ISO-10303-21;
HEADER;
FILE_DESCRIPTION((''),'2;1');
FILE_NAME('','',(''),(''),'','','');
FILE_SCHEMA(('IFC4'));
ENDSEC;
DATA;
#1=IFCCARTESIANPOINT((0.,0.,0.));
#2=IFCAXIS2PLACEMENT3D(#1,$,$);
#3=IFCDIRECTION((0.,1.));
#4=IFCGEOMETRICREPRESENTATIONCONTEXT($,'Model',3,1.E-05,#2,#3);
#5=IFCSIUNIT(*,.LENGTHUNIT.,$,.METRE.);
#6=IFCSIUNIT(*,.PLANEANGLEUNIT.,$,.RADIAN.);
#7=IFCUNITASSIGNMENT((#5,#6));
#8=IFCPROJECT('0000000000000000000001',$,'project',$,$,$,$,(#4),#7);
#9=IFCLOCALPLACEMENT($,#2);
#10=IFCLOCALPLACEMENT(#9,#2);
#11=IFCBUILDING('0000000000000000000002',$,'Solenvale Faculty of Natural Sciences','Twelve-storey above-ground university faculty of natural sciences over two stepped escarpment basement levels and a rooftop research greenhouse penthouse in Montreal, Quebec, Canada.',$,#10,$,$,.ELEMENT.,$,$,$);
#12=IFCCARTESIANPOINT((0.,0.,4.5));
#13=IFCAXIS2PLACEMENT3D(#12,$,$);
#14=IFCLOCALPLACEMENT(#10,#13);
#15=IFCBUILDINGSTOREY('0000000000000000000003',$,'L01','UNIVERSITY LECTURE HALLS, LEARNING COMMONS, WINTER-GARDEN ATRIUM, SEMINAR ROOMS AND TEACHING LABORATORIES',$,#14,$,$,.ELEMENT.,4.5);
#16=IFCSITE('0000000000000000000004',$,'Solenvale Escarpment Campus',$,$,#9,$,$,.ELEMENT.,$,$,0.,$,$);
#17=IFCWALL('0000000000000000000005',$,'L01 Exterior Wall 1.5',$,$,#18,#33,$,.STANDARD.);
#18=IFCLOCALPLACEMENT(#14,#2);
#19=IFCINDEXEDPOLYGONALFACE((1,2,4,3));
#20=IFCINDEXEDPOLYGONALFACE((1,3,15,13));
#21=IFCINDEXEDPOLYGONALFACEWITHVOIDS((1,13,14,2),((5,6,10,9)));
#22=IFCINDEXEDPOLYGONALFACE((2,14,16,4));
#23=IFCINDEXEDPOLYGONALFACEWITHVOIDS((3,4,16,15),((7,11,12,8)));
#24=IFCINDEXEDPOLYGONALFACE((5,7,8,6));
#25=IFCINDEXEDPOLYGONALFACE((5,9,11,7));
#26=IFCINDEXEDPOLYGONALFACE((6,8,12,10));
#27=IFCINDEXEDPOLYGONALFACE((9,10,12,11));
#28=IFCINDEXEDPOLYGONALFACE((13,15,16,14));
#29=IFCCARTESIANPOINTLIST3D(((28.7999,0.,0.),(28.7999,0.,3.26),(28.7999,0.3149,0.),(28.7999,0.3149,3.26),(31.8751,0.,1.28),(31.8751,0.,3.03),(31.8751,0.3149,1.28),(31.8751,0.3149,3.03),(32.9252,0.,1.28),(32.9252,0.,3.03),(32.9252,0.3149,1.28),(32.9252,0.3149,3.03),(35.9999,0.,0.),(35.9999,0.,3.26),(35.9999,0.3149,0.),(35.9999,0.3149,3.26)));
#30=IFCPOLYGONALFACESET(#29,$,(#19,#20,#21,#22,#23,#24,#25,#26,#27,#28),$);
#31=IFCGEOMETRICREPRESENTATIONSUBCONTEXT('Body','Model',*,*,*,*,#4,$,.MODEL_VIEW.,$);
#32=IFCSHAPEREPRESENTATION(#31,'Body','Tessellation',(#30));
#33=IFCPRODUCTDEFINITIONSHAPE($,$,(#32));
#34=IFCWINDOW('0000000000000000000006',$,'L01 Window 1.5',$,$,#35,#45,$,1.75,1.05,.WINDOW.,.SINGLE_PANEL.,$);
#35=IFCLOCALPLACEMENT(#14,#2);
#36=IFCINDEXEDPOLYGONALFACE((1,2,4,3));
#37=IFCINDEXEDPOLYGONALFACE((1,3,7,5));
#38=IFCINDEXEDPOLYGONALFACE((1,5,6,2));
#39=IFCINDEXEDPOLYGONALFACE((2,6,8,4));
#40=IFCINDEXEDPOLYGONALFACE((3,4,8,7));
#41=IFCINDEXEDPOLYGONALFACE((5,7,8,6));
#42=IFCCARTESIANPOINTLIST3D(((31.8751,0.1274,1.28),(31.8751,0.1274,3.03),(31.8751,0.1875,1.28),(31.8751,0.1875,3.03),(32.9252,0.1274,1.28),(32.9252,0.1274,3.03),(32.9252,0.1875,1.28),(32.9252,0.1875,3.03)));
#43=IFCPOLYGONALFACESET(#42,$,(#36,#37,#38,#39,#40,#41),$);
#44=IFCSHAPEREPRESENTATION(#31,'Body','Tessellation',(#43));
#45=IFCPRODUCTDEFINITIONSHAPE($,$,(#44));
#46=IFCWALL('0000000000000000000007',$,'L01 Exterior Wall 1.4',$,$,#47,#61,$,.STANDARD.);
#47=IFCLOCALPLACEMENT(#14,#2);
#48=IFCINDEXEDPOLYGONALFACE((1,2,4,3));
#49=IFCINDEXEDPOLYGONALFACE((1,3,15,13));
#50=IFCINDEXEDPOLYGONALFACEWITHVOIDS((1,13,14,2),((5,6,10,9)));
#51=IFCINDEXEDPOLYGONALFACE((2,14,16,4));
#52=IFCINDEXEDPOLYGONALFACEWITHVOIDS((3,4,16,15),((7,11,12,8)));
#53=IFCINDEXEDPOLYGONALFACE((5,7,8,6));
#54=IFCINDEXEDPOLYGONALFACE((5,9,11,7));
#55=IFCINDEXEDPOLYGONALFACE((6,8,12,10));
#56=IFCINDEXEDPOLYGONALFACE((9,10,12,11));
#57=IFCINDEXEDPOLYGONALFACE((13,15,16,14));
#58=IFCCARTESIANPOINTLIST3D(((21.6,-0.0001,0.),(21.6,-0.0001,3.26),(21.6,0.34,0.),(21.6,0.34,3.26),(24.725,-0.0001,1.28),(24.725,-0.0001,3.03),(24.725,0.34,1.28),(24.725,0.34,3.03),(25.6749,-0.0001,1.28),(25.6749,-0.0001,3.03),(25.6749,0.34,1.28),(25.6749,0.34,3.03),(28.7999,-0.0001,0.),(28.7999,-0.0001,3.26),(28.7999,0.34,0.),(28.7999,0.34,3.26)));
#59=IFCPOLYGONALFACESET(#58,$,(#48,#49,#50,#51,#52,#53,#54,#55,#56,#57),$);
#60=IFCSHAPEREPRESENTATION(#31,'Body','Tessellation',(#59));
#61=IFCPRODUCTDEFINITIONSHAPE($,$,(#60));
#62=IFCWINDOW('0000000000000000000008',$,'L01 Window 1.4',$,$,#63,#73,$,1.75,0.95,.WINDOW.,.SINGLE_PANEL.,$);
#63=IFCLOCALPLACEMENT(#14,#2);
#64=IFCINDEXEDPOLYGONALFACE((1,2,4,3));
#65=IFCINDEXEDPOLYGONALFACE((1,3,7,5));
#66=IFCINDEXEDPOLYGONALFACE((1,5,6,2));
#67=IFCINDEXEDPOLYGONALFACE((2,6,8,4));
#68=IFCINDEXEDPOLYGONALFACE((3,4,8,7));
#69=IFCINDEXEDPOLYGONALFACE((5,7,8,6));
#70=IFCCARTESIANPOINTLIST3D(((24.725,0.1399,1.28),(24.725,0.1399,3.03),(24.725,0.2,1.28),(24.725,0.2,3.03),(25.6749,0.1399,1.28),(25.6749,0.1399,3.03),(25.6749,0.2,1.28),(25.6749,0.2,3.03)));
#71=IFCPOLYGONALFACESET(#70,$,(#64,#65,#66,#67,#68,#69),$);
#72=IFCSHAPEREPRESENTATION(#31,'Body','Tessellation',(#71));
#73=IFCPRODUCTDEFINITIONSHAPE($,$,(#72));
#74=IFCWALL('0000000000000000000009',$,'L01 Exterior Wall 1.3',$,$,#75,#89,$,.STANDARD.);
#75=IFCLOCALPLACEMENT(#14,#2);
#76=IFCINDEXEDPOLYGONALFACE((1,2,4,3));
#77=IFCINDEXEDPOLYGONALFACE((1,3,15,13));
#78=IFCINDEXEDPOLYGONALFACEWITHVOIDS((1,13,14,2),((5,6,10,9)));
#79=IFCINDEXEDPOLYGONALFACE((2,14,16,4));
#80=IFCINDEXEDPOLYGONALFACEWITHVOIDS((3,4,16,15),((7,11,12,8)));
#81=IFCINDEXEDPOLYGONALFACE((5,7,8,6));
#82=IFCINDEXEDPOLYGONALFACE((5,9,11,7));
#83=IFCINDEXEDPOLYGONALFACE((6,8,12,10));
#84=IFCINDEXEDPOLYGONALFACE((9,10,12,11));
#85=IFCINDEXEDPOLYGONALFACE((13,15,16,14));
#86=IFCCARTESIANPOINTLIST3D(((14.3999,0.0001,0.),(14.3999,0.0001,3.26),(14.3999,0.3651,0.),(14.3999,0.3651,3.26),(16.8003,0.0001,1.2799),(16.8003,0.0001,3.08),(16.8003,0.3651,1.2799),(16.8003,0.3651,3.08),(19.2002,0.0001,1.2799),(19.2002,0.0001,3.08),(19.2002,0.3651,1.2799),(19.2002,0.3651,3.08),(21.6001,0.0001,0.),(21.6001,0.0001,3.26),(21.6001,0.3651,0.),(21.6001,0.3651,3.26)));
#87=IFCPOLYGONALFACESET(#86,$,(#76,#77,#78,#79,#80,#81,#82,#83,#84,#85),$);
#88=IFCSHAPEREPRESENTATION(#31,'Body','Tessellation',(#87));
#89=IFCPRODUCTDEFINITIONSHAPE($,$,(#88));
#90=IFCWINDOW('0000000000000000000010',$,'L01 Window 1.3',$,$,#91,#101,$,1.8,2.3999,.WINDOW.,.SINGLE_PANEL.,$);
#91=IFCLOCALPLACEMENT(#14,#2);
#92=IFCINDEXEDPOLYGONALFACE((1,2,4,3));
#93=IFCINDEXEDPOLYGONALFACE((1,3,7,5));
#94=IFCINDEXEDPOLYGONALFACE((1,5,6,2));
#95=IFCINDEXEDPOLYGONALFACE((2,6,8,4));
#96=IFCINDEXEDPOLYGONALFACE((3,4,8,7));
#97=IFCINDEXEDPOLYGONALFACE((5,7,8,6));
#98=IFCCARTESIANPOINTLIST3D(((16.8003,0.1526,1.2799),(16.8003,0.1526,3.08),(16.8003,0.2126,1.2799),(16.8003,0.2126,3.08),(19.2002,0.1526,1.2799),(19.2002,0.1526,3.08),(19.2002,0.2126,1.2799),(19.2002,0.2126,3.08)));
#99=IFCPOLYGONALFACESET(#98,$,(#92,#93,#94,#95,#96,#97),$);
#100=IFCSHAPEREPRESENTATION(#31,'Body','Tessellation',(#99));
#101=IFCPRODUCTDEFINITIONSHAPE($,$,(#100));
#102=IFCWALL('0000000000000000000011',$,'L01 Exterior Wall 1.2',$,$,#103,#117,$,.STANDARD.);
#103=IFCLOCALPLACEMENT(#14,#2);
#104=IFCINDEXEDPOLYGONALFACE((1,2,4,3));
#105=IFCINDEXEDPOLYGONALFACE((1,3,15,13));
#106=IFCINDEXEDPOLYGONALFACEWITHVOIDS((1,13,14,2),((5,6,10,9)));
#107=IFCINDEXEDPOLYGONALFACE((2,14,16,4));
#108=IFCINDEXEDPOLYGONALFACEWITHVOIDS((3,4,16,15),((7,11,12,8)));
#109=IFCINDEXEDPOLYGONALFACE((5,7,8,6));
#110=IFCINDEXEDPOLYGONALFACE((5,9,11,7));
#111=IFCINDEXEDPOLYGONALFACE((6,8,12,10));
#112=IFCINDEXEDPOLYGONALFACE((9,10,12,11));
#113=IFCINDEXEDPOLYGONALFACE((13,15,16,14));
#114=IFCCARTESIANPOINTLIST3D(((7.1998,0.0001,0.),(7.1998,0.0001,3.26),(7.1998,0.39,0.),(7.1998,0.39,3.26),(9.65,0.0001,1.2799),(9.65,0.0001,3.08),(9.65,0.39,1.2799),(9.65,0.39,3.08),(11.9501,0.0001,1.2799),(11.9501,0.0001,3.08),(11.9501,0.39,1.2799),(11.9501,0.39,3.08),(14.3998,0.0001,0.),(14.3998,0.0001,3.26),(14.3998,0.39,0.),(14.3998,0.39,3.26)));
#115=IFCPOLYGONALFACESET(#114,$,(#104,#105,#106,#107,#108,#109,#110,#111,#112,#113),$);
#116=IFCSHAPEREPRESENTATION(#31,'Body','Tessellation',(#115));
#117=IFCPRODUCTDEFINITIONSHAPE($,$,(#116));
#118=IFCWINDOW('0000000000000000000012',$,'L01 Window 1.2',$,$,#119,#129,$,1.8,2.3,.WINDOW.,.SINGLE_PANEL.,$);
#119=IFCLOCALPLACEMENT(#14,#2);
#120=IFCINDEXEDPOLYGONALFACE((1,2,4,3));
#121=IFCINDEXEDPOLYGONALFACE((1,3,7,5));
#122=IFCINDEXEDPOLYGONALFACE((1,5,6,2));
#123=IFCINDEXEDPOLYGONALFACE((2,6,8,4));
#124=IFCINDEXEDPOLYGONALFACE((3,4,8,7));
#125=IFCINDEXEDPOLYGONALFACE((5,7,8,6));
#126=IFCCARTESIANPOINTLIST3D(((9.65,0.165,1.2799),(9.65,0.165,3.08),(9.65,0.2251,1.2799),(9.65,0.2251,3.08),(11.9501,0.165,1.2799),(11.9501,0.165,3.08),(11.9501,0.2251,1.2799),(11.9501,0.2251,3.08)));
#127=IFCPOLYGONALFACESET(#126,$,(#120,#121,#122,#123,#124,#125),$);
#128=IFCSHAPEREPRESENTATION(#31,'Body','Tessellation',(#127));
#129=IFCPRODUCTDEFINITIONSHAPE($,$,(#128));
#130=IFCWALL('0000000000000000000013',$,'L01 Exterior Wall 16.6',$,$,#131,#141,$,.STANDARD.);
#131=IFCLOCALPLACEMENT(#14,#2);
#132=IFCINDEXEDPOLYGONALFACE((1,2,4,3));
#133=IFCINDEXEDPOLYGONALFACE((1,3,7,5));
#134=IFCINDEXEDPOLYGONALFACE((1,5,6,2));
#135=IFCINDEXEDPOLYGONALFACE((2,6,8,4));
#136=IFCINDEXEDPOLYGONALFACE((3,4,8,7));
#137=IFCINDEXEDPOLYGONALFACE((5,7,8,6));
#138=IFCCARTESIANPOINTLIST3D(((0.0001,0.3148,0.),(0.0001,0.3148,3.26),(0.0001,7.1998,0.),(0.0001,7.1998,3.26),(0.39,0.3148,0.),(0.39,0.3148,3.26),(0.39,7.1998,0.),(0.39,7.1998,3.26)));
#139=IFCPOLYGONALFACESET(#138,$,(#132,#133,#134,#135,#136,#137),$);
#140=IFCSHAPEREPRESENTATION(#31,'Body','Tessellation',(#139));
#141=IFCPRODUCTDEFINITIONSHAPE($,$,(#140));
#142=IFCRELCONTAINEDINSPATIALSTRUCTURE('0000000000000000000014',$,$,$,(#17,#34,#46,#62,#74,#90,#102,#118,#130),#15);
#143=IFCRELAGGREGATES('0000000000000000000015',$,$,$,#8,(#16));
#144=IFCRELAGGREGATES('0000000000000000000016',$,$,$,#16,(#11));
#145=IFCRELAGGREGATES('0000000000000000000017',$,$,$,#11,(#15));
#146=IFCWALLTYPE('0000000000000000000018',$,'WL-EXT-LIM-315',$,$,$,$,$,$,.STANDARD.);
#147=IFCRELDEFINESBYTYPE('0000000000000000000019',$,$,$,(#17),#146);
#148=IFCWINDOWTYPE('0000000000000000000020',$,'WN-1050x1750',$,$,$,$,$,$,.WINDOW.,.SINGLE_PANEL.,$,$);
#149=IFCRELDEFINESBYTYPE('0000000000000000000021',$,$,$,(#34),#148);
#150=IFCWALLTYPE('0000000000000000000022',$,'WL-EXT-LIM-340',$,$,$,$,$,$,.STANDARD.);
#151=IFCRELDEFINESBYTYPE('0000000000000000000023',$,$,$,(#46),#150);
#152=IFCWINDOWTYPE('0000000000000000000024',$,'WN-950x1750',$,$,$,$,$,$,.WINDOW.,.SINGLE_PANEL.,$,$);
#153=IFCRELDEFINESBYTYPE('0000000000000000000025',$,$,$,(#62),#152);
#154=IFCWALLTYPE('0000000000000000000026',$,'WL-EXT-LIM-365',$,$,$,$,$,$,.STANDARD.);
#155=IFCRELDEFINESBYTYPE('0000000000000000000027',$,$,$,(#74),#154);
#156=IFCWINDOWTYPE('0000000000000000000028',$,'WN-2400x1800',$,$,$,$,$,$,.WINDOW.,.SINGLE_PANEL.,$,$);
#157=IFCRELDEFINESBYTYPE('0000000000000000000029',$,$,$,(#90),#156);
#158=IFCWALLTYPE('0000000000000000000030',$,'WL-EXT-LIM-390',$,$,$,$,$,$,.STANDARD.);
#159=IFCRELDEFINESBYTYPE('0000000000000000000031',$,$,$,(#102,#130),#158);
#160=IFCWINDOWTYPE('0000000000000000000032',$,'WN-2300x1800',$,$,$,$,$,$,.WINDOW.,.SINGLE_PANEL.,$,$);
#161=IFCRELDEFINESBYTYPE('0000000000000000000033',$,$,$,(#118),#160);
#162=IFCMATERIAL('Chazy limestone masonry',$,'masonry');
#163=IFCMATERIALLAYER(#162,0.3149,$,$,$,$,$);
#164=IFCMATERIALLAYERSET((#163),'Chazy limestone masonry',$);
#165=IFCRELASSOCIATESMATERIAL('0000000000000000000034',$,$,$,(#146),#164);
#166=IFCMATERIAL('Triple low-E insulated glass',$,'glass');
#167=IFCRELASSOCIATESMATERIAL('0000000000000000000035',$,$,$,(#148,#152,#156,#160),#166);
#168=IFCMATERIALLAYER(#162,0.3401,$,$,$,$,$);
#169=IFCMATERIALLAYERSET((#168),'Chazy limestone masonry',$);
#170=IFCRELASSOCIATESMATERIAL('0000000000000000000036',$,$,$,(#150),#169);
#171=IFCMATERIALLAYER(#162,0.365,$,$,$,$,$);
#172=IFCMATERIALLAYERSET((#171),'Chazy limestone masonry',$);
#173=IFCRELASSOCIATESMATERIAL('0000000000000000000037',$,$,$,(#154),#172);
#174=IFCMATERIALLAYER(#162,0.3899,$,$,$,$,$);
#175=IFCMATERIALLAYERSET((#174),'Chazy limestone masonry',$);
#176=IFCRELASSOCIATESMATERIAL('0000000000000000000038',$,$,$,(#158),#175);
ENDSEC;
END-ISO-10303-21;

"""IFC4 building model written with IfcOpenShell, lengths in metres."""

from ifc_helpers import new_model, si_unit, direction, frame, frame_2d, origin, place, context, subcontext, project, spatial, rectangle, extrude, material, layer, layer_set, type_object, element, fill, save


model = new_model("IFC4")

# Units and contexts
model_context = context("Model", 3, precision=1e-05, world=origin(), true_north=direction((0.0, 1.0)))
body_context = subcontext(model_context, "Body", "Model", "MODEL_VIEW")
ifc_project = project(units=[si_unit("LENGTHUNIT", "METRE"), si_unit("PLANEANGLEUNIT", "RADIAN")], contexts=[model_context])

# Site, building, storey
site_placement = place(None, origin())
site = spatial("IfcSite", under=ifc_project, at=site_placement, Name="Solenvale Escarpment Campus", CompositionType="ELEMENT", RefElevation=0.0)
building_placement = place(site_placement, origin())
building = spatial("IfcBuilding", under=site, at=building_placement, Name="Solenvale Faculty of Natural Sciences", Description="Twelve-storey above-ground university faculty of natural sciences over two stepped escarpment basement levels and a rooftop research greenhouse penthouse in Montreal, Quebec, Canada.", CompositionType="ELEMENT")
storey_placement = place(building_placement, frame((0.0, 0.0, 4.5)))
storey = spatial("IfcBuildingStorey", under=building, at=storey_placement, Name="L01", Description="UNIVERSITY LECTURE HALLS, LEARNING COMMONS, WINTER-GARDEN ATRIUM, SEMINAR ROOMS AND TEACHING LABORATORIES", CompositionType="ELEMENT", Elevation=4.5)

# Walls, openings, windows
ifc_material_1 = material(Name="Chazy limestone masonry", Category="masonry")
ifc_layer_1 = layer(ifc_material_1, 0.3149)
ifc_layer_set_1 = layer_set([ifc_layer_1], Name="Chazy limestone masonry")
wall_type_1 = type_object("IfcWallType", Name="WL-EXT-LIM-315", PredefinedType="STANDARD", material=ifc_layer_set_1)
ifc_material_2 = material(Name="Triple low-E insulated glass", Category="glass")
wall_1_placement = place(storey_placement, frame((36.0, 0.1575, 0.0), z_axis=(0.0, 0.0, 1.0), x_axis=(-1.0, 0.0, 0.0)))
wall_1 = element("IfcWall", 1, at=wall_1_placement, inside=storey, type_object=wall_type_1, Name="L01 Exterior Wall 1.5", PredefinedType="STANDARD", context=body_context, shape_type="SweptSolid", body=[
    extrude(rectangle(XDim=7.2, YDim=0.3149, at=frame_2d((3.6001, 0.0))), origin(), (0.0, 0.0, 1.0), 3.26),
])
opening_1_placement = place(wall_1_placement, frame((3.075, 0.0, 1.28)))
opening_1 = element("IfcOpeningElement", 2, at=opening_1_placement, cuts=wall_1, PredefinedType="OPENING", context=body_context, shape_type="SweptSolid", body=[
    extrude(rectangle(XDim=1.05, YDim=1.75, at=frame_2d((0.5249, 0.875))), frame((0.0, 0.1675, 0.0), z_axis=(0.0, -1.0, 0.0), x_axis=(1.0, 0.0, 0.0)), (0.0, 0.0, 1.0), 0.335),
])
window_type_1 = type_object("IfcWindowType", Name="WN-1050x1750", PartitioningType="SINGLE_PANEL", PredefinedType="WINDOW", material=ifc_material_2)
window_1_placement = place(opening_1_placement, origin())
window_1 = element("IfcWindow", 3, at=window_1_placement, inside=storey, type_object=window_type_1, Name="L01 Window 1.5", OverallHeight=1.75, OverallWidth=1.05, PartitioningType="SINGLE_PANEL", PredefinedType="WINDOW", context=body_context, shape_type="SweptSolid", body=[
    extrude(rectangle(XDim=1.05, YDim=1.75, at=frame_2d((0.5249, 0.875))), frame((0.0, 0.03, 0.0), z_axis=(0.0, -1.0, 0.0), x_axis=(1.0, 0.0, 0.0)), (0.0, 0.0, 1.0), 0.0601),
])
fill(opening_1, window_1)
ifc_layer_2 = layer(ifc_material_1, 0.3401)
ifc_layer_set_2 = layer_set([ifc_layer_2], Name="Chazy limestone masonry")
wall_type_2 = type_object("IfcWallType", Name="WL-EXT-LIM-340", PredefinedType="STANDARD", material=ifc_layer_set_2)
wall_2_placement = place(storey_placement, frame((28.8, 0.1699, 0.0), z_axis=(0.0, 0.0, 1.0), x_axis=(-1.0, 0.0, 0.0)))
wall_2 = element("IfcWall", 4, at=wall_2_placement, inside=storey, type_object=wall_type_2, Name="L01 Exterior Wall 1.4", PredefinedType="STANDARD", context=body_context, shape_type="SweptSolid", body=[
    extrude(rectangle(XDim=7.2, YDim=0.3401, at=frame_2d((3.6001, 0.0))), origin(), (0.0, 0.0, 1.0), 3.26),
])
opening_2_placement = place(wall_2_placement, frame((3.125, 0.0, 1.28)))
opening_2 = element("IfcOpeningElement", 5, at=opening_2_placement, cuts=wall_2, PredefinedType="OPENING", context=body_context, shape_type="SweptSolid", body=[
    extrude(rectangle(XDim=0.95, YDim=1.75, at=frame_2d((0.4751, 0.875))), frame((0.0, 0.1799, 0.0), z_axis=(0.0, -1.0, 0.0), x_axis=(1.0, 0.0, 0.0)), (0.0, 0.0, 1.0), 0.3601),
])
window_type_2 = type_object("IfcWindowType", Name="WN-950x1750", PartitioningType="SINGLE_PANEL", PredefinedType="WINDOW", material=ifc_material_2)
window_2_placement = place(opening_2_placement, origin())
window_2 = element("IfcWindow", 6, at=window_2_placement, inside=storey, type_object=window_type_2, Name="L01 Window 1.4", OverallHeight=1.75, OverallWidth=0.95, PartitioningType="SINGLE_PANEL", PredefinedType="WINDOW", context=body_context, shape_type="SweptSolid", body=[
    extrude(rectangle(XDim=0.95, YDim=1.75, at=frame_2d((0.4751, 0.875))), frame((0.0, 0.03, 0.0), z_axis=(0.0, -1.0, 0.0), x_axis=(1.0, 0.0, 0.0)), (0.0, 0.0, 1.0), 0.0601),
])
fill(opening_2, window_2)
ifc_layer_3 = layer(ifc_material_1, 0.365)
ifc_layer_set_3 = layer_set([ifc_layer_3], Name="Chazy limestone masonry")
wall_type_3 = type_object("IfcWallType", Name="WL-EXT-LIM-365", PredefinedType="STANDARD", material=ifc_layer_set_3)
wall_3_placement = place(storey_placement, frame((21.6001, 0.1826, 0.0), z_axis=(0.0, 0.0, 1.0), x_axis=(-1.0, 0.0, 0.0)))
wall_3 = element("IfcWall", 7, at=wall_3_placement, inside=storey, type_object=wall_type_3, Name="L01 Exterior Wall 1.3", PredefinedType="STANDARD", context=body_context, shape_type="SweptSolid", body=[
    extrude(rectangle(XDim=7.2002, YDim=0.365, at=frame_2d((3.6001, 0.0))), origin(), (0.0, 0.0, 1.0), 3.26),
])
opening_3_placement = place(wall_3_placement, frame((2.3999, 0.0, 1.28)))
opening_3 = element("IfcOpeningElement", 8, at=opening_3_placement, cuts=wall_3, PredefinedType="OPENING", context=body_context, shape_type="SweptSolid", body=[
    extrude(rectangle(XDim=2.3999, YDim=1.8, at=frame_2d((1.2, 0.8999))), frame((0.0, 0.1924, 0.0), z_axis=(0.0, -1.0, 0.0), x_axis=(1.0, 0.0, 0.0)), (0.0, 0.0, 1.0), 0.385),
])
window_type_3 = type_object("IfcWindowType", Name="WN-2400x1800", PartitioningType="SINGLE_PANEL", PredefinedType="WINDOW", material=ifc_material_2)
window_3_placement = place(opening_3_placement, origin())
window_3 = element("IfcWindow", 9, at=window_3_placement, inside=storey, type_object=window_type_3, Name="L01 Window 1.3", OverallHeight=1.8, OverallWidth=2.3999, PartitioningType="SINGLE_PANEL", PredefinedType="WINDOW", context=body_context, shape_type="SweptSolid", body=[
    extrude(rectangle(XDim=2.3999, YDim=1.8, at=frame_2d((1.2, 0.8999))), frame((0.0, 0.03, 0.0), z_axis=(0.0, -1.0, 0.0), x_axis=(1.0, 0.0, 0.0)), (0.0, 0.0, 1.0), 0.0601),
])
fill(opening_3, window_3)
ifc_layer_4 = layer(ifc_material_1, 0.3899)
ifc_layer_set_4 = layer_set([ifc_layer_4], Name="Chazy limestone masonry")
wall_type_4 = type_object("IfcWallType", Name="WL-EXT-LIM-390", PredefinedType="STANDARD", material=ifc_layer_set_4)
wall_4_placement = place(storey_placement, frame((14.3999, 0.1951, 0.0), z_axis=(0.0, 0.0, 1.0), x_axis=(-1.0, 0.0, 0.0)))
wall_4 = element("IfcWall", 10, at=wall_4_placement, inside=storey, type_object=wall_type_4, Name="L01 Exterior Wall 1.2", PredefinedType="STANDARD", context=body_context, shape_type="SweptSolid", body=[
    extrude(rectangle(XDim=7.2, YDim=0.3899, at=frame_2d((3.6001, 0.0))), origin(), (0.0, 0.0, 1.0), 3.26),
])
opening_4_placement = place(wall_4_placement, frame((2.45, 0.0, 1.28)))
opening_4 = element("IfcOpeningElement", 11, at=opening_4_placement, cuts=wall_4, PredefinedType="OPENING", context=body_context, shape_type="SweptSolid", body=[
    extrude(rectangle(XDim=2.3, YDim=1.8, at=frame_2d((1.1499, 0.8999))), frame((0.0, 0.2048, 0.0), z_axis=(0.0, -1.0, 0.0), x_axis=(1.0, 0.0, 0.0)), (0.0, 0.0, 1.0), 0.4099),
])
window_type_4 = type_object("IfcWindowType", Name="WN-2300x1800", PartitioningType="SINGLE_PANEL", PredefinedType="WINDOW", material=ifc_material_2)
window_4_placement = place(opening_4_placement, origin())
window_4 = element("IfcWindow", 12, at=window_4_placement, inside=storey, type_object=window_type_4, Name="L01 Window 1.2", OverallHeight=1.8, OverallWidth=2.3, PartitioningType="SINGLE_PANEL", PredefinedType="WINDOW", context=body_context, shape_type="SweptSolid", body=[
    extrude(rectangle(XDim=2.3, YDim=1.8, at=frame_2d((1.1499, 0.8999))), frame((0.0, 0.03, 0.0), z_axis=(0.0, -1.0, 0.0), x_axis=(1.0, 0.0, 0.0)), (0.0, 0.0, 1.0), 0.0601),
])
fill(opening_4, window_4)

# Wall
wall_5_placement = place(storey_placement, frame((0.1951, 0.3149, 0.0), z_axis=(0.0, 0.0, 1.0), x_axis=(0.0, 1.0, 0.0)))
element("IfcWall", 13, at=wall_5_placement, inside=storey, type_object=wall_type_4, Name="L01 Exterior Wall 16.6", PredefinedType="STANDARD", context=body_context, shape_type="SweptSolid", body=[
    extrude(rectangle(XDim=6.885, YDim=0.3899, at=frame_2d((3.4424, 0.0))), origin(), (0.0, 0.0, 1.0), 3.26),
])

save(model, "model.ifc")
